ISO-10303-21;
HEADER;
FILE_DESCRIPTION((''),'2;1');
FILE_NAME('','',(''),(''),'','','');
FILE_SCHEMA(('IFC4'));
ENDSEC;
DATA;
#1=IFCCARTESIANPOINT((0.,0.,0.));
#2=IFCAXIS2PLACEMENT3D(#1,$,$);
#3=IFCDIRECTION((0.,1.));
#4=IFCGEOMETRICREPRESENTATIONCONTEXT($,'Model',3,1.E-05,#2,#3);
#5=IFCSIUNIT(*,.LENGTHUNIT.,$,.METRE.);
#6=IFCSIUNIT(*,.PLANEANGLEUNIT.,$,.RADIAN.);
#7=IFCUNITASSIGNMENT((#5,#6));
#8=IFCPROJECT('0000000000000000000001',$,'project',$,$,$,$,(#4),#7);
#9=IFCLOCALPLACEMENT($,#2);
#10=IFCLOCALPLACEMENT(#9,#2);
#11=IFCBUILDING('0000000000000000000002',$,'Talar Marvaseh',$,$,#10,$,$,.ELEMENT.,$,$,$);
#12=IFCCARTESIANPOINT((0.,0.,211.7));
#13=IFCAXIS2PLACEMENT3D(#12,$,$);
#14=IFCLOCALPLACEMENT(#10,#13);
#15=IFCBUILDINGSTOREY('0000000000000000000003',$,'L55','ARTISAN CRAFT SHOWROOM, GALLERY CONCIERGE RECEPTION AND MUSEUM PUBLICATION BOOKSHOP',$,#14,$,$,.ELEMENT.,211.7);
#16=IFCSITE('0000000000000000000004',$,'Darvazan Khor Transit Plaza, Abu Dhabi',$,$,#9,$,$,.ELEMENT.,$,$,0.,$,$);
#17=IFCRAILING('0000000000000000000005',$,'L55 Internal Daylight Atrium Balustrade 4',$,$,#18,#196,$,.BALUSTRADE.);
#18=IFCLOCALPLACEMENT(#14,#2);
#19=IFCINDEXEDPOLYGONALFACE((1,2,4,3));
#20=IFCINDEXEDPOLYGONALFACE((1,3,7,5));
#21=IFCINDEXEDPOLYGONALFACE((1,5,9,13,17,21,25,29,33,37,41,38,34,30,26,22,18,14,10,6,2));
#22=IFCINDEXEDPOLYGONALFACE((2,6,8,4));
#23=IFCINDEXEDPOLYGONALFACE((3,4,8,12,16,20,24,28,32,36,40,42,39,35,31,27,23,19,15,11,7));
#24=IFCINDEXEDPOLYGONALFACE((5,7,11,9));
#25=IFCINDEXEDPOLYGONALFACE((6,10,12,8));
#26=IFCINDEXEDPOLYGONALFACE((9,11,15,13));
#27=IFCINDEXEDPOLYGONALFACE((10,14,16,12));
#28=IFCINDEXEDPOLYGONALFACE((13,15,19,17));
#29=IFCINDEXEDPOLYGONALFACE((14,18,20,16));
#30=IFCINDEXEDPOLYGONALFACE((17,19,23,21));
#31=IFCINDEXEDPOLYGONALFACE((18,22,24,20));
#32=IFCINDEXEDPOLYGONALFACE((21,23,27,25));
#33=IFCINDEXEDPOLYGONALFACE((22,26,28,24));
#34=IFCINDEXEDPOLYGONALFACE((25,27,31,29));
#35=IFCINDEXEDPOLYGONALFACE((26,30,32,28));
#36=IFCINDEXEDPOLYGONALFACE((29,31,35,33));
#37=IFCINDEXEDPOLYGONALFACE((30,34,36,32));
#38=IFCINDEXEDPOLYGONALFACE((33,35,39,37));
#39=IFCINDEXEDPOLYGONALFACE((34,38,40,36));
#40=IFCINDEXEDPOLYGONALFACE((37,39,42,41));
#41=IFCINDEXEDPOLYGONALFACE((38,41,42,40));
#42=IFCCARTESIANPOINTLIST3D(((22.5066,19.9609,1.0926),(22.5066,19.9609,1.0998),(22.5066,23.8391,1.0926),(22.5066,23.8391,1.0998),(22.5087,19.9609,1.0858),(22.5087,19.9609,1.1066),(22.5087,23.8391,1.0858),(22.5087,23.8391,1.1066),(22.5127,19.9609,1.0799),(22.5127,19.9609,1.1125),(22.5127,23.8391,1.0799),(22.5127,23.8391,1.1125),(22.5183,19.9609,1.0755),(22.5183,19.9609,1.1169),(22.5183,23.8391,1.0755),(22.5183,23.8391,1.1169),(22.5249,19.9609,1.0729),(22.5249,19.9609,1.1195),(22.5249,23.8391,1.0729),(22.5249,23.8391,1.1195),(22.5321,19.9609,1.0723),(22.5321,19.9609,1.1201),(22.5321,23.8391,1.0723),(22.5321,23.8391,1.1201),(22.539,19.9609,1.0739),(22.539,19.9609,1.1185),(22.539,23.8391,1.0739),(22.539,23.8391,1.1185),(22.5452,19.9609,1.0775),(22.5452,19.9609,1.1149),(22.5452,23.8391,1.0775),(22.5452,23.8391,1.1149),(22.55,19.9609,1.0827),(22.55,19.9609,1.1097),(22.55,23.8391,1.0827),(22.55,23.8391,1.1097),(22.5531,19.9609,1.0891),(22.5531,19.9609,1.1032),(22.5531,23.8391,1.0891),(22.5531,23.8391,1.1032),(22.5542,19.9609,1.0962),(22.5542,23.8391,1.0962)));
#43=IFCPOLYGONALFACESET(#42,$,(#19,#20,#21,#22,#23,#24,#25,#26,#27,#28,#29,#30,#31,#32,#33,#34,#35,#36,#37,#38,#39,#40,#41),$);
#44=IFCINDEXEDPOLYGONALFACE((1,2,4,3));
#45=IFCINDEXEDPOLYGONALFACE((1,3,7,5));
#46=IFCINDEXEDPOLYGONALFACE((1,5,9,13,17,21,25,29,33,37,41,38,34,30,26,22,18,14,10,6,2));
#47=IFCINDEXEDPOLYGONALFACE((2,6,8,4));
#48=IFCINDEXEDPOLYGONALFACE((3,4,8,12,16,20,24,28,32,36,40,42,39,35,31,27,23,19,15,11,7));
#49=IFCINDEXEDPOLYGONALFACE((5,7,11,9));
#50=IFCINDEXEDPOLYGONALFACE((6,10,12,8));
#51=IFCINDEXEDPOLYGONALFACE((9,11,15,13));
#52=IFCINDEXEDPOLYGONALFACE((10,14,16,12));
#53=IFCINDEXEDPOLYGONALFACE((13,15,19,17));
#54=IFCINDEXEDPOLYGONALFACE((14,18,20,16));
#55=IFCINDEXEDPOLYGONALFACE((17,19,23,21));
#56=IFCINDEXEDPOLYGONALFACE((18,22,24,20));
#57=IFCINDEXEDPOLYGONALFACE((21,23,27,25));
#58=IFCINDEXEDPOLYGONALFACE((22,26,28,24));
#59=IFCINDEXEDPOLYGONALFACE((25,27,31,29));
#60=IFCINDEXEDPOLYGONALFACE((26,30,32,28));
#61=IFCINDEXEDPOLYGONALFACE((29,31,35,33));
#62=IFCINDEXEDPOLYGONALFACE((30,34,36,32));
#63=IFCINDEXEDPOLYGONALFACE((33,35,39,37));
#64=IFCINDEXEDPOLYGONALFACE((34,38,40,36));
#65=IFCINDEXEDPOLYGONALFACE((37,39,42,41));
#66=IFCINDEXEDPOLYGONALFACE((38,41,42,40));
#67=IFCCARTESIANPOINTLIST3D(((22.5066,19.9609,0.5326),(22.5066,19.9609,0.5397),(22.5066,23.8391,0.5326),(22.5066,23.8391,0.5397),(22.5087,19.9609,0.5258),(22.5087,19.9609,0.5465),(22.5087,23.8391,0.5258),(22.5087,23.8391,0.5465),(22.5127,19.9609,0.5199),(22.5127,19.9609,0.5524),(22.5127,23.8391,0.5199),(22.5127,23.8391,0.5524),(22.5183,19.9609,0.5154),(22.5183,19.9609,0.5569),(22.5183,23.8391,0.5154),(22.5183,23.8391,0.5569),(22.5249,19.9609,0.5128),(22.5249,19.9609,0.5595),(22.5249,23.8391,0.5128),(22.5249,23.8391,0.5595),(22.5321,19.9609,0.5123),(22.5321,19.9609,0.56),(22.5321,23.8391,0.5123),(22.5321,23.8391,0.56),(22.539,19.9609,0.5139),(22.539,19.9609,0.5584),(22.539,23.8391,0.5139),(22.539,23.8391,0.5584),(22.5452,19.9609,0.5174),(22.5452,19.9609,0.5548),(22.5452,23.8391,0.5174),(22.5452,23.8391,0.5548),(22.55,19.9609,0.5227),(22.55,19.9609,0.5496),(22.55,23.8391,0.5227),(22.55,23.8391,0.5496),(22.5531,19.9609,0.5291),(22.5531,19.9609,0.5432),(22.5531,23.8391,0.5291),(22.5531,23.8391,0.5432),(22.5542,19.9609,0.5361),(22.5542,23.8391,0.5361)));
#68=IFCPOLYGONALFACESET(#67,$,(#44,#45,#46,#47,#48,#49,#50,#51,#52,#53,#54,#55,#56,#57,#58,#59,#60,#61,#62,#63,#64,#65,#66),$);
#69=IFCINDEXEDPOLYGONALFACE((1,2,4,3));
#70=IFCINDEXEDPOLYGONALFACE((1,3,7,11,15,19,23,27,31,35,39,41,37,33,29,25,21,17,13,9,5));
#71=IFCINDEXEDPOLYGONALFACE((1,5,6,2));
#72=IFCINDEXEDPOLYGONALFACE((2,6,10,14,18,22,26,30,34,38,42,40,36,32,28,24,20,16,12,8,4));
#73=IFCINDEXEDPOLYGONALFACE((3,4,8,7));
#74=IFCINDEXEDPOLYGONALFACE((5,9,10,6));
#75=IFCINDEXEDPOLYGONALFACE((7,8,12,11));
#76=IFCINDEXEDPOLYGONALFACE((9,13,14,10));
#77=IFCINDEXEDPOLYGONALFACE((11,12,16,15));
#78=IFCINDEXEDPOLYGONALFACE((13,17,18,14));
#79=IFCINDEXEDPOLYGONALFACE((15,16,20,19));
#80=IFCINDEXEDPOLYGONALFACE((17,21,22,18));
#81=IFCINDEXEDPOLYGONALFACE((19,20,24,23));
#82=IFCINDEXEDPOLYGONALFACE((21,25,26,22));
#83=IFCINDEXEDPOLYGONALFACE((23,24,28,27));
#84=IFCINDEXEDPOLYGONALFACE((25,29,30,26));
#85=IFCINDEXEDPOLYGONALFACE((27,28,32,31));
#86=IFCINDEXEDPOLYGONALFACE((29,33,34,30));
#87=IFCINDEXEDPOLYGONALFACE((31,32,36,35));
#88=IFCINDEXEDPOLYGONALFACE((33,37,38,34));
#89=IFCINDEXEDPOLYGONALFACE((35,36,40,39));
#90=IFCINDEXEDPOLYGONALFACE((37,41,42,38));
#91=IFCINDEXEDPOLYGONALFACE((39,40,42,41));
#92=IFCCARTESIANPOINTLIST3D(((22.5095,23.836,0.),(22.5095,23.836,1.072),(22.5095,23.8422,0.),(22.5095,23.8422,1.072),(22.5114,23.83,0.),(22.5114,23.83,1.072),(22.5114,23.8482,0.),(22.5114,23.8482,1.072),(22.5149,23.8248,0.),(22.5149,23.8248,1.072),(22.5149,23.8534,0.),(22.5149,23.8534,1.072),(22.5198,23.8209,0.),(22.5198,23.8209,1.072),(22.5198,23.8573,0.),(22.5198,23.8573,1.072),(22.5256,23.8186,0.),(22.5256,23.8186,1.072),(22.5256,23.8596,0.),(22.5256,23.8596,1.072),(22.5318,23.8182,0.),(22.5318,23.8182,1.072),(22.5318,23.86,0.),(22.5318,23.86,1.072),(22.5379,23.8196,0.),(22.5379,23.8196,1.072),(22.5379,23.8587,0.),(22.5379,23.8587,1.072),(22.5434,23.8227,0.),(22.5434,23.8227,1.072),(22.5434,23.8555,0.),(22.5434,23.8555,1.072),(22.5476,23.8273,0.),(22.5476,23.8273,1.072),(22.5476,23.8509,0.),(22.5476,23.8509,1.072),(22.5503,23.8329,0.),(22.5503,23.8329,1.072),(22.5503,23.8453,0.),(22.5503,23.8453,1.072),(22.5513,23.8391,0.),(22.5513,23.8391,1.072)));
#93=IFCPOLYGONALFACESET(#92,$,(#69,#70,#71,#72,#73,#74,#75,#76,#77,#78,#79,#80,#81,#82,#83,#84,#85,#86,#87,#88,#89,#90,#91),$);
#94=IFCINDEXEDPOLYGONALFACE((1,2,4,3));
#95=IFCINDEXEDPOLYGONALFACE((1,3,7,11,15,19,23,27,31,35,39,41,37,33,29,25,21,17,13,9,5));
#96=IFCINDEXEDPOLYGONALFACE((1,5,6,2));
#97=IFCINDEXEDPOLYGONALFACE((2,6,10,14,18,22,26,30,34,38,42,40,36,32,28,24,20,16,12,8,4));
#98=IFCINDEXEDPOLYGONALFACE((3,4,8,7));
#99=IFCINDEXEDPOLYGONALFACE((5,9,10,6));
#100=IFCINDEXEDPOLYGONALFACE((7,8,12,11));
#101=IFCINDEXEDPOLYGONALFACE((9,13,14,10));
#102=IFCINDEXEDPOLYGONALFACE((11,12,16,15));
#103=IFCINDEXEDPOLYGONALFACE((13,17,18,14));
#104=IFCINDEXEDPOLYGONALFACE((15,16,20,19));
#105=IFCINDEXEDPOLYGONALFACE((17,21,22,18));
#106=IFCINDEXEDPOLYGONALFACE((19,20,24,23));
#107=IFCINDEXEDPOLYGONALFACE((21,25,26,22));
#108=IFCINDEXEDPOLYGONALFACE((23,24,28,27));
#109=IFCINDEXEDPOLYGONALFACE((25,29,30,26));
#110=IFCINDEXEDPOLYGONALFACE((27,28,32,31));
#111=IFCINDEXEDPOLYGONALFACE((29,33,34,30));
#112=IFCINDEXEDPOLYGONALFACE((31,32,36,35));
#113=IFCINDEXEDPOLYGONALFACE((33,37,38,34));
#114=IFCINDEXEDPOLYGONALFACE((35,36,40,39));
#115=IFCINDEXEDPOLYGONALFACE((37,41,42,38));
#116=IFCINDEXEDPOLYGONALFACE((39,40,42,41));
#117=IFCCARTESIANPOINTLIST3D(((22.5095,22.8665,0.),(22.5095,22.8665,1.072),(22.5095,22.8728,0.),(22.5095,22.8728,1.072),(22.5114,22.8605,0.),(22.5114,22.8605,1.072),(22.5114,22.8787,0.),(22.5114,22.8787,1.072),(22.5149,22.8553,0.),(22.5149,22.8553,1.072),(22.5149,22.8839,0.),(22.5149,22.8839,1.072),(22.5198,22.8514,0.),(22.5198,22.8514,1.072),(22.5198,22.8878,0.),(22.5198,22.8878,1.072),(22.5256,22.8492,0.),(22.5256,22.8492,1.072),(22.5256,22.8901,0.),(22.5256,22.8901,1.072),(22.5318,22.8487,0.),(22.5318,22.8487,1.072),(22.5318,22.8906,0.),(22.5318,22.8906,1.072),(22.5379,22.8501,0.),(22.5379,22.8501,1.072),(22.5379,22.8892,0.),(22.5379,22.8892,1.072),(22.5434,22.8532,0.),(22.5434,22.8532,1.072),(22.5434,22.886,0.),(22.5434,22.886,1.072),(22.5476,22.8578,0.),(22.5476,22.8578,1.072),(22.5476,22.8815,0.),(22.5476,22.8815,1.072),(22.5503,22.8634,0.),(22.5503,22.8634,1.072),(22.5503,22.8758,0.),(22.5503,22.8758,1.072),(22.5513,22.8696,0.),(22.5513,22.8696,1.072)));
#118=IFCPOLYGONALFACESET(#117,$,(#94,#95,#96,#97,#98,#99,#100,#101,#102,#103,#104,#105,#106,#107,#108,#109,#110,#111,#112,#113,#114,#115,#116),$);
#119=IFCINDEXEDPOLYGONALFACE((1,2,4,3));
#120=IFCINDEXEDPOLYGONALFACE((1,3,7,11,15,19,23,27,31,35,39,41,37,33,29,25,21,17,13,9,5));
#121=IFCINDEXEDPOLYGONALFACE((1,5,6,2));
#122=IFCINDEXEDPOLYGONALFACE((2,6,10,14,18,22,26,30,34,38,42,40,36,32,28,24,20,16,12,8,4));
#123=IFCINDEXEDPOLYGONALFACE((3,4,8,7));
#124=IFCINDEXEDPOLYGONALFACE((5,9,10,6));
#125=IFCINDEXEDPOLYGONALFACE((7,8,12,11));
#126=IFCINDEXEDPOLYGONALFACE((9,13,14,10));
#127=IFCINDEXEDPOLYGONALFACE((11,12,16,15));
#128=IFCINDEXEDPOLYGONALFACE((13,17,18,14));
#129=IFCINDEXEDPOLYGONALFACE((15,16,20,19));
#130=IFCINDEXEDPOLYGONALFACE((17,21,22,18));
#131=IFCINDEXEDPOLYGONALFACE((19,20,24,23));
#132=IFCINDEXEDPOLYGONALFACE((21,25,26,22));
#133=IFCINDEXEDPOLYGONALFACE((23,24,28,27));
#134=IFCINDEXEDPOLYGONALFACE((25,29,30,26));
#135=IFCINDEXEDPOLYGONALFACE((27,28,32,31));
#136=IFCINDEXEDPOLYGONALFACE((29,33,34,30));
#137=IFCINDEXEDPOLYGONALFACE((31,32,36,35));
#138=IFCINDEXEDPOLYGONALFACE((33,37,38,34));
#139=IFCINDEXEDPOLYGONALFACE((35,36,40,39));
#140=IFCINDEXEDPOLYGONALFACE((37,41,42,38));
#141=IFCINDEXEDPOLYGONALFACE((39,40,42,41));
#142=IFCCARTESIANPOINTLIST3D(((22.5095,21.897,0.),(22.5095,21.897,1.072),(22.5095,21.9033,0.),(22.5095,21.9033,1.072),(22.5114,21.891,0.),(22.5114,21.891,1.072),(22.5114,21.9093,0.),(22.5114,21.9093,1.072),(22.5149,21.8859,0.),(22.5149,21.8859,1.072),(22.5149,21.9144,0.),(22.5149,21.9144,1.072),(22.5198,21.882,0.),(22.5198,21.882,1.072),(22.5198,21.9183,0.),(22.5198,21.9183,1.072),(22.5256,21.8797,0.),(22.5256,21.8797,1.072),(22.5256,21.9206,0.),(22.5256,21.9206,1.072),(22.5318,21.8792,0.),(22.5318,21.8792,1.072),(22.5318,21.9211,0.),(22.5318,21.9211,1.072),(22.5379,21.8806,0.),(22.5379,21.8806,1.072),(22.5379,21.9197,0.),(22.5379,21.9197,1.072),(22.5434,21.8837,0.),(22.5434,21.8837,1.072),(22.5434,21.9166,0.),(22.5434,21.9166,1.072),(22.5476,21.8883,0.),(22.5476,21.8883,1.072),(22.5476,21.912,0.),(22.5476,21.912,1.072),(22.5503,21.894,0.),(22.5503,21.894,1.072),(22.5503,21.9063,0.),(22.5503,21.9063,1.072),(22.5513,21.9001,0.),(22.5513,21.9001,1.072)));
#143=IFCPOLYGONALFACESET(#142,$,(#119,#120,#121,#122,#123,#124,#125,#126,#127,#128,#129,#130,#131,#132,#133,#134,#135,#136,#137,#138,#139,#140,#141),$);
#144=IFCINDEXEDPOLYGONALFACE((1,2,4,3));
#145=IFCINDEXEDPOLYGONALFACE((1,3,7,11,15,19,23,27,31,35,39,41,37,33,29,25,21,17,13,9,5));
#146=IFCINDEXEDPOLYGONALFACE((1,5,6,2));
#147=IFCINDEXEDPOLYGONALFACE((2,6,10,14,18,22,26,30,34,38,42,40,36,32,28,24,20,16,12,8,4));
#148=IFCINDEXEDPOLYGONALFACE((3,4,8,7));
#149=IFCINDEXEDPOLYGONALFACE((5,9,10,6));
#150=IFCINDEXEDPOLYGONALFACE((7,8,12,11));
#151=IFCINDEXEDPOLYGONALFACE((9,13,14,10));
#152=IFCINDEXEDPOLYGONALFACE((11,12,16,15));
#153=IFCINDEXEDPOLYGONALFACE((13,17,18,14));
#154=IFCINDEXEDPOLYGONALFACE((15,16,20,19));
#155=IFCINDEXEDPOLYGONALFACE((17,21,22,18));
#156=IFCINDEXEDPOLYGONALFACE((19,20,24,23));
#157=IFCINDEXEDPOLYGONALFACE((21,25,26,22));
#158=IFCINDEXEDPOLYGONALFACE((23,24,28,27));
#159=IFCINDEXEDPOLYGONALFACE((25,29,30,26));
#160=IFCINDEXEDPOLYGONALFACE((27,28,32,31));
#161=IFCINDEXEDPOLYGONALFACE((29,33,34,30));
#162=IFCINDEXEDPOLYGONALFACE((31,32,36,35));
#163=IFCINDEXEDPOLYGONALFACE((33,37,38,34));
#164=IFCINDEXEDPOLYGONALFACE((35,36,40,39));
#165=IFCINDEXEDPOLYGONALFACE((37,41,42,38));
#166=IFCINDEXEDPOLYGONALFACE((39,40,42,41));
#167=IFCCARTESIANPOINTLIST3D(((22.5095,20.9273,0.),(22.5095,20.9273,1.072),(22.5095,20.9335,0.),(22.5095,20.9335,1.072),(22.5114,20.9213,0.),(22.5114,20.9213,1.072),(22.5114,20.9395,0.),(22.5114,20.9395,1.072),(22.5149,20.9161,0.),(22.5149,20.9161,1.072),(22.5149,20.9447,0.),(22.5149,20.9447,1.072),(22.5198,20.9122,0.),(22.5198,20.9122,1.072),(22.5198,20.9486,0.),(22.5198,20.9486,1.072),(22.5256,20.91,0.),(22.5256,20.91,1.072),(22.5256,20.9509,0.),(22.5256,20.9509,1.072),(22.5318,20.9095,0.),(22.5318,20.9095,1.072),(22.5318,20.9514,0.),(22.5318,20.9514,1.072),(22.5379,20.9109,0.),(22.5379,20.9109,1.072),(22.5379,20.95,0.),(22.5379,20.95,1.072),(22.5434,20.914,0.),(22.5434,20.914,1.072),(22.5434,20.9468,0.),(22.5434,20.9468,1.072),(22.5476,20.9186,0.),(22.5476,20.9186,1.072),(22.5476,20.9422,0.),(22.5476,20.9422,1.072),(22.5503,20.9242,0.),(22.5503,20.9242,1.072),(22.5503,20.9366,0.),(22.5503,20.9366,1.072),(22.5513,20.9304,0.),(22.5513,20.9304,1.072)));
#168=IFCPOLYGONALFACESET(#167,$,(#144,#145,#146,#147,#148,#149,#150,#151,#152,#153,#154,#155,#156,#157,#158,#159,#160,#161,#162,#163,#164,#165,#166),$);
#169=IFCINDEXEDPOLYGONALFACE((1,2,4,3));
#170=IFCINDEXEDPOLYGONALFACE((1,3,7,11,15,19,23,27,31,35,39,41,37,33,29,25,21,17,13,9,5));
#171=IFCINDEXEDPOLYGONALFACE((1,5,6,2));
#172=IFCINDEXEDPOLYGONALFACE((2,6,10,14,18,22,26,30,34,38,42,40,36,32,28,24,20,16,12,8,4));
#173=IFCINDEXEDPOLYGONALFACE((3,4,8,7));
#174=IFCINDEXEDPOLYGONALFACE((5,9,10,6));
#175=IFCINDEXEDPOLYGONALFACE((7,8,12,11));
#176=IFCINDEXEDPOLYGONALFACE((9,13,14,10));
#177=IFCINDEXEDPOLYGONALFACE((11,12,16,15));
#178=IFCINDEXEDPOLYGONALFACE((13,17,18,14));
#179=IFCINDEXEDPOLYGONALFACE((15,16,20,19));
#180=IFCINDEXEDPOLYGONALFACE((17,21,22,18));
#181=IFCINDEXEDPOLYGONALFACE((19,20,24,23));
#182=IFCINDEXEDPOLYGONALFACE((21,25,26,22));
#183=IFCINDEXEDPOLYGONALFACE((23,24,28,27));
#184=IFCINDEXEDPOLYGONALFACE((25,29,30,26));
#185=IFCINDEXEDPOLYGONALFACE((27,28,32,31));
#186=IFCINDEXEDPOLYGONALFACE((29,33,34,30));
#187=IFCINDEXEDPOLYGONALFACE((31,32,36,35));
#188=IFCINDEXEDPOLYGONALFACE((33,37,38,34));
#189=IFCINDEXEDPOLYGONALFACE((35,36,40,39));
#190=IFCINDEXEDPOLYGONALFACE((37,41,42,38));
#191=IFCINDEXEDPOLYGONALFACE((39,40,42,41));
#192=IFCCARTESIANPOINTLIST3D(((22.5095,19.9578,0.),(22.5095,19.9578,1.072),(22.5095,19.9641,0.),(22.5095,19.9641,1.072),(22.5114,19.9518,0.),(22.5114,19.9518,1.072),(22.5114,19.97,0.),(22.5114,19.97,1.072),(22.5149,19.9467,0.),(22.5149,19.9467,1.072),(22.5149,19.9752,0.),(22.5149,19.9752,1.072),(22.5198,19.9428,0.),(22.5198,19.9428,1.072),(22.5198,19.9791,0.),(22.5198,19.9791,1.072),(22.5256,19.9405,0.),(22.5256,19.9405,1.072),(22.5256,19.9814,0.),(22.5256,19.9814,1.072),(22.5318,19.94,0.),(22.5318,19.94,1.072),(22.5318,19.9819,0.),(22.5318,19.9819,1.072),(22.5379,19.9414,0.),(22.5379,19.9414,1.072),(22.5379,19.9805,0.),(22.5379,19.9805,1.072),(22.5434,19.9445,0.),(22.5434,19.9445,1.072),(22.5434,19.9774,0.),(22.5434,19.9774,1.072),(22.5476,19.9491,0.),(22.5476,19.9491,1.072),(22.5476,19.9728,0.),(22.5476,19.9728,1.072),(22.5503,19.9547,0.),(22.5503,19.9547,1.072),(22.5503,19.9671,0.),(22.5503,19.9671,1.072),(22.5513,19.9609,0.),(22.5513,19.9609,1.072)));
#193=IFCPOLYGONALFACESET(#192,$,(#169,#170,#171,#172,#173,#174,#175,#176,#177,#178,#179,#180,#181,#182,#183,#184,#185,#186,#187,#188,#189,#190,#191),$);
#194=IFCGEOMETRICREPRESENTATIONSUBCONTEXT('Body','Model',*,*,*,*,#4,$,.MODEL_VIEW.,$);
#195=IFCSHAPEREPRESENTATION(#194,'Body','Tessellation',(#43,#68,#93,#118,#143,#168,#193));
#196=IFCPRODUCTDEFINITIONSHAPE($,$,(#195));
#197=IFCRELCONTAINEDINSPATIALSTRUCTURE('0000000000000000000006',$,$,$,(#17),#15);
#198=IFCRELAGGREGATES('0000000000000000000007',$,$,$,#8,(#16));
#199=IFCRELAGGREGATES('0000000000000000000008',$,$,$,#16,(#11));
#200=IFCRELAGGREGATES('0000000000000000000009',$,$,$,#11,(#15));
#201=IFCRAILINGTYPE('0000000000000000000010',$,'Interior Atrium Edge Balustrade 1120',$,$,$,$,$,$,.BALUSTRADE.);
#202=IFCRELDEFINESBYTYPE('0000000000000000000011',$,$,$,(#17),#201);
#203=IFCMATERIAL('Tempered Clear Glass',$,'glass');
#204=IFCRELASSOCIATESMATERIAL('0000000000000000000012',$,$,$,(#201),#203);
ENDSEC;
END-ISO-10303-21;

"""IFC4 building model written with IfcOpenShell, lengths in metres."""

from ifc_helpers import new_model, si_unit, direction, frame, origin, origin_2d, place, context, subcontext, project, spatial, circle, extrude, material, type_object, element, save


model = new_model("IFC4")

# Units and contexts
model_context = context("Model", 3, precision=1e-05, world=origin(), true_north=direction((0.0, 1.0)))
body_context = subcontext(model_context, "Body", "Model", "MODEL_VIEW")
ifc_project = project(units=[si_unit("LENGTHUNIT", "METRE"), si_unit("PLANEANGLEUNIT", "RADIAN")], contexts=[model_context])

# Site, building, storey
site_placement = place(None, origin())
site = spatial("IfcSite", under=ifc_project, at=site_placement, Name="Darvazan Khor Transit Plaza, Abu Dhabi", CompositionType="ELEMENT", RefElevation=0.0)
building_placement = place(site_placement, origin())
building = spatial("IfcBuilding", under=site, at=building_placement, Name="Talar Marvaseh", CompositionType="ELEMENT")
storey_placement = place(building_placement, frame((0.0, 0.0, 211.7)))
storey = spatial("IfcBuildingStorey", under=building, at=storey_placement, Name="L55", Description="ARTISAN CRAFT SHOWROOM, GALLERY CONCIERGE RECEPTION AND MUSEUM PUBLICATION BOOKSHOP", CompositionType="ELEMENT", Elevation=211.7)

# Railing
ifc_material_1 = material(Name="Tempered Clear Glass", Category="glass")
railing_type = type_object("IfcRailingType", Name="Interior Atrium Edge Balustrade 1120", PredefinedType="BALUSTRADE", material=ifc_material_1)
railing_1_placement = place(storey_placement, frame((22.5303, 23.8391, 0.0)))
element("IfcRailing", 1, at=railing_1_placement, inside=storey, type_object=railing_type, Name="L55 Internal Daylight Atrium Balustrade 4", PredefinedType="BALUSTRADE", context=body_context, shape_type="SweptSolid", body=[
    extrude(circle(Radius=0.0239, at=origin_2d()), frame((0.0, 0.0, 1.0962), z_axis=(0.0, -1.0, 0.0), x_axis=(1.0, 0.0, 0.0)), (0.0, 0.0, 1.0), 3.8782),
    extrude(circle(Radius=0.0239, at=origin_2d()), frame((0.0, 0.0, 0.5361), z_axis=(0.0, -1.0, 0.0), x_axis=(1.0, 0.0, 0.0)), (0.0, 0.0, 1.0), 3.8782),
    extrude(circle(Radius=0.021, at=origin_2d()), origin(), (0.0, 0.0, 1.0), 1.072),
    extrude(circle(Radius=0.021, at=origin_2d()), frame((0.0, -0.9695, 0.0)), (0.0, 0.0, 1.0), 1.072),
    extrude(circle(Radius=0.021, at=origin_2d()), frame((0.0, -1.939, 0.0)), (0.0, 0.0, 1.0), 1.072),
    extrude(circle(Radius=0.021, at=origin_2d()), frame((0.0, -2.9087, 0.0)), (0.0, 0.0, 1.0), 1.072),
    extrude(circle(Radius=0.021, at=origin_2d()), frame((0.0, -3.8782, 0.0)), (0.0, 0.0, 1.0), 1.072),
])

save(model, "model.ifc")
